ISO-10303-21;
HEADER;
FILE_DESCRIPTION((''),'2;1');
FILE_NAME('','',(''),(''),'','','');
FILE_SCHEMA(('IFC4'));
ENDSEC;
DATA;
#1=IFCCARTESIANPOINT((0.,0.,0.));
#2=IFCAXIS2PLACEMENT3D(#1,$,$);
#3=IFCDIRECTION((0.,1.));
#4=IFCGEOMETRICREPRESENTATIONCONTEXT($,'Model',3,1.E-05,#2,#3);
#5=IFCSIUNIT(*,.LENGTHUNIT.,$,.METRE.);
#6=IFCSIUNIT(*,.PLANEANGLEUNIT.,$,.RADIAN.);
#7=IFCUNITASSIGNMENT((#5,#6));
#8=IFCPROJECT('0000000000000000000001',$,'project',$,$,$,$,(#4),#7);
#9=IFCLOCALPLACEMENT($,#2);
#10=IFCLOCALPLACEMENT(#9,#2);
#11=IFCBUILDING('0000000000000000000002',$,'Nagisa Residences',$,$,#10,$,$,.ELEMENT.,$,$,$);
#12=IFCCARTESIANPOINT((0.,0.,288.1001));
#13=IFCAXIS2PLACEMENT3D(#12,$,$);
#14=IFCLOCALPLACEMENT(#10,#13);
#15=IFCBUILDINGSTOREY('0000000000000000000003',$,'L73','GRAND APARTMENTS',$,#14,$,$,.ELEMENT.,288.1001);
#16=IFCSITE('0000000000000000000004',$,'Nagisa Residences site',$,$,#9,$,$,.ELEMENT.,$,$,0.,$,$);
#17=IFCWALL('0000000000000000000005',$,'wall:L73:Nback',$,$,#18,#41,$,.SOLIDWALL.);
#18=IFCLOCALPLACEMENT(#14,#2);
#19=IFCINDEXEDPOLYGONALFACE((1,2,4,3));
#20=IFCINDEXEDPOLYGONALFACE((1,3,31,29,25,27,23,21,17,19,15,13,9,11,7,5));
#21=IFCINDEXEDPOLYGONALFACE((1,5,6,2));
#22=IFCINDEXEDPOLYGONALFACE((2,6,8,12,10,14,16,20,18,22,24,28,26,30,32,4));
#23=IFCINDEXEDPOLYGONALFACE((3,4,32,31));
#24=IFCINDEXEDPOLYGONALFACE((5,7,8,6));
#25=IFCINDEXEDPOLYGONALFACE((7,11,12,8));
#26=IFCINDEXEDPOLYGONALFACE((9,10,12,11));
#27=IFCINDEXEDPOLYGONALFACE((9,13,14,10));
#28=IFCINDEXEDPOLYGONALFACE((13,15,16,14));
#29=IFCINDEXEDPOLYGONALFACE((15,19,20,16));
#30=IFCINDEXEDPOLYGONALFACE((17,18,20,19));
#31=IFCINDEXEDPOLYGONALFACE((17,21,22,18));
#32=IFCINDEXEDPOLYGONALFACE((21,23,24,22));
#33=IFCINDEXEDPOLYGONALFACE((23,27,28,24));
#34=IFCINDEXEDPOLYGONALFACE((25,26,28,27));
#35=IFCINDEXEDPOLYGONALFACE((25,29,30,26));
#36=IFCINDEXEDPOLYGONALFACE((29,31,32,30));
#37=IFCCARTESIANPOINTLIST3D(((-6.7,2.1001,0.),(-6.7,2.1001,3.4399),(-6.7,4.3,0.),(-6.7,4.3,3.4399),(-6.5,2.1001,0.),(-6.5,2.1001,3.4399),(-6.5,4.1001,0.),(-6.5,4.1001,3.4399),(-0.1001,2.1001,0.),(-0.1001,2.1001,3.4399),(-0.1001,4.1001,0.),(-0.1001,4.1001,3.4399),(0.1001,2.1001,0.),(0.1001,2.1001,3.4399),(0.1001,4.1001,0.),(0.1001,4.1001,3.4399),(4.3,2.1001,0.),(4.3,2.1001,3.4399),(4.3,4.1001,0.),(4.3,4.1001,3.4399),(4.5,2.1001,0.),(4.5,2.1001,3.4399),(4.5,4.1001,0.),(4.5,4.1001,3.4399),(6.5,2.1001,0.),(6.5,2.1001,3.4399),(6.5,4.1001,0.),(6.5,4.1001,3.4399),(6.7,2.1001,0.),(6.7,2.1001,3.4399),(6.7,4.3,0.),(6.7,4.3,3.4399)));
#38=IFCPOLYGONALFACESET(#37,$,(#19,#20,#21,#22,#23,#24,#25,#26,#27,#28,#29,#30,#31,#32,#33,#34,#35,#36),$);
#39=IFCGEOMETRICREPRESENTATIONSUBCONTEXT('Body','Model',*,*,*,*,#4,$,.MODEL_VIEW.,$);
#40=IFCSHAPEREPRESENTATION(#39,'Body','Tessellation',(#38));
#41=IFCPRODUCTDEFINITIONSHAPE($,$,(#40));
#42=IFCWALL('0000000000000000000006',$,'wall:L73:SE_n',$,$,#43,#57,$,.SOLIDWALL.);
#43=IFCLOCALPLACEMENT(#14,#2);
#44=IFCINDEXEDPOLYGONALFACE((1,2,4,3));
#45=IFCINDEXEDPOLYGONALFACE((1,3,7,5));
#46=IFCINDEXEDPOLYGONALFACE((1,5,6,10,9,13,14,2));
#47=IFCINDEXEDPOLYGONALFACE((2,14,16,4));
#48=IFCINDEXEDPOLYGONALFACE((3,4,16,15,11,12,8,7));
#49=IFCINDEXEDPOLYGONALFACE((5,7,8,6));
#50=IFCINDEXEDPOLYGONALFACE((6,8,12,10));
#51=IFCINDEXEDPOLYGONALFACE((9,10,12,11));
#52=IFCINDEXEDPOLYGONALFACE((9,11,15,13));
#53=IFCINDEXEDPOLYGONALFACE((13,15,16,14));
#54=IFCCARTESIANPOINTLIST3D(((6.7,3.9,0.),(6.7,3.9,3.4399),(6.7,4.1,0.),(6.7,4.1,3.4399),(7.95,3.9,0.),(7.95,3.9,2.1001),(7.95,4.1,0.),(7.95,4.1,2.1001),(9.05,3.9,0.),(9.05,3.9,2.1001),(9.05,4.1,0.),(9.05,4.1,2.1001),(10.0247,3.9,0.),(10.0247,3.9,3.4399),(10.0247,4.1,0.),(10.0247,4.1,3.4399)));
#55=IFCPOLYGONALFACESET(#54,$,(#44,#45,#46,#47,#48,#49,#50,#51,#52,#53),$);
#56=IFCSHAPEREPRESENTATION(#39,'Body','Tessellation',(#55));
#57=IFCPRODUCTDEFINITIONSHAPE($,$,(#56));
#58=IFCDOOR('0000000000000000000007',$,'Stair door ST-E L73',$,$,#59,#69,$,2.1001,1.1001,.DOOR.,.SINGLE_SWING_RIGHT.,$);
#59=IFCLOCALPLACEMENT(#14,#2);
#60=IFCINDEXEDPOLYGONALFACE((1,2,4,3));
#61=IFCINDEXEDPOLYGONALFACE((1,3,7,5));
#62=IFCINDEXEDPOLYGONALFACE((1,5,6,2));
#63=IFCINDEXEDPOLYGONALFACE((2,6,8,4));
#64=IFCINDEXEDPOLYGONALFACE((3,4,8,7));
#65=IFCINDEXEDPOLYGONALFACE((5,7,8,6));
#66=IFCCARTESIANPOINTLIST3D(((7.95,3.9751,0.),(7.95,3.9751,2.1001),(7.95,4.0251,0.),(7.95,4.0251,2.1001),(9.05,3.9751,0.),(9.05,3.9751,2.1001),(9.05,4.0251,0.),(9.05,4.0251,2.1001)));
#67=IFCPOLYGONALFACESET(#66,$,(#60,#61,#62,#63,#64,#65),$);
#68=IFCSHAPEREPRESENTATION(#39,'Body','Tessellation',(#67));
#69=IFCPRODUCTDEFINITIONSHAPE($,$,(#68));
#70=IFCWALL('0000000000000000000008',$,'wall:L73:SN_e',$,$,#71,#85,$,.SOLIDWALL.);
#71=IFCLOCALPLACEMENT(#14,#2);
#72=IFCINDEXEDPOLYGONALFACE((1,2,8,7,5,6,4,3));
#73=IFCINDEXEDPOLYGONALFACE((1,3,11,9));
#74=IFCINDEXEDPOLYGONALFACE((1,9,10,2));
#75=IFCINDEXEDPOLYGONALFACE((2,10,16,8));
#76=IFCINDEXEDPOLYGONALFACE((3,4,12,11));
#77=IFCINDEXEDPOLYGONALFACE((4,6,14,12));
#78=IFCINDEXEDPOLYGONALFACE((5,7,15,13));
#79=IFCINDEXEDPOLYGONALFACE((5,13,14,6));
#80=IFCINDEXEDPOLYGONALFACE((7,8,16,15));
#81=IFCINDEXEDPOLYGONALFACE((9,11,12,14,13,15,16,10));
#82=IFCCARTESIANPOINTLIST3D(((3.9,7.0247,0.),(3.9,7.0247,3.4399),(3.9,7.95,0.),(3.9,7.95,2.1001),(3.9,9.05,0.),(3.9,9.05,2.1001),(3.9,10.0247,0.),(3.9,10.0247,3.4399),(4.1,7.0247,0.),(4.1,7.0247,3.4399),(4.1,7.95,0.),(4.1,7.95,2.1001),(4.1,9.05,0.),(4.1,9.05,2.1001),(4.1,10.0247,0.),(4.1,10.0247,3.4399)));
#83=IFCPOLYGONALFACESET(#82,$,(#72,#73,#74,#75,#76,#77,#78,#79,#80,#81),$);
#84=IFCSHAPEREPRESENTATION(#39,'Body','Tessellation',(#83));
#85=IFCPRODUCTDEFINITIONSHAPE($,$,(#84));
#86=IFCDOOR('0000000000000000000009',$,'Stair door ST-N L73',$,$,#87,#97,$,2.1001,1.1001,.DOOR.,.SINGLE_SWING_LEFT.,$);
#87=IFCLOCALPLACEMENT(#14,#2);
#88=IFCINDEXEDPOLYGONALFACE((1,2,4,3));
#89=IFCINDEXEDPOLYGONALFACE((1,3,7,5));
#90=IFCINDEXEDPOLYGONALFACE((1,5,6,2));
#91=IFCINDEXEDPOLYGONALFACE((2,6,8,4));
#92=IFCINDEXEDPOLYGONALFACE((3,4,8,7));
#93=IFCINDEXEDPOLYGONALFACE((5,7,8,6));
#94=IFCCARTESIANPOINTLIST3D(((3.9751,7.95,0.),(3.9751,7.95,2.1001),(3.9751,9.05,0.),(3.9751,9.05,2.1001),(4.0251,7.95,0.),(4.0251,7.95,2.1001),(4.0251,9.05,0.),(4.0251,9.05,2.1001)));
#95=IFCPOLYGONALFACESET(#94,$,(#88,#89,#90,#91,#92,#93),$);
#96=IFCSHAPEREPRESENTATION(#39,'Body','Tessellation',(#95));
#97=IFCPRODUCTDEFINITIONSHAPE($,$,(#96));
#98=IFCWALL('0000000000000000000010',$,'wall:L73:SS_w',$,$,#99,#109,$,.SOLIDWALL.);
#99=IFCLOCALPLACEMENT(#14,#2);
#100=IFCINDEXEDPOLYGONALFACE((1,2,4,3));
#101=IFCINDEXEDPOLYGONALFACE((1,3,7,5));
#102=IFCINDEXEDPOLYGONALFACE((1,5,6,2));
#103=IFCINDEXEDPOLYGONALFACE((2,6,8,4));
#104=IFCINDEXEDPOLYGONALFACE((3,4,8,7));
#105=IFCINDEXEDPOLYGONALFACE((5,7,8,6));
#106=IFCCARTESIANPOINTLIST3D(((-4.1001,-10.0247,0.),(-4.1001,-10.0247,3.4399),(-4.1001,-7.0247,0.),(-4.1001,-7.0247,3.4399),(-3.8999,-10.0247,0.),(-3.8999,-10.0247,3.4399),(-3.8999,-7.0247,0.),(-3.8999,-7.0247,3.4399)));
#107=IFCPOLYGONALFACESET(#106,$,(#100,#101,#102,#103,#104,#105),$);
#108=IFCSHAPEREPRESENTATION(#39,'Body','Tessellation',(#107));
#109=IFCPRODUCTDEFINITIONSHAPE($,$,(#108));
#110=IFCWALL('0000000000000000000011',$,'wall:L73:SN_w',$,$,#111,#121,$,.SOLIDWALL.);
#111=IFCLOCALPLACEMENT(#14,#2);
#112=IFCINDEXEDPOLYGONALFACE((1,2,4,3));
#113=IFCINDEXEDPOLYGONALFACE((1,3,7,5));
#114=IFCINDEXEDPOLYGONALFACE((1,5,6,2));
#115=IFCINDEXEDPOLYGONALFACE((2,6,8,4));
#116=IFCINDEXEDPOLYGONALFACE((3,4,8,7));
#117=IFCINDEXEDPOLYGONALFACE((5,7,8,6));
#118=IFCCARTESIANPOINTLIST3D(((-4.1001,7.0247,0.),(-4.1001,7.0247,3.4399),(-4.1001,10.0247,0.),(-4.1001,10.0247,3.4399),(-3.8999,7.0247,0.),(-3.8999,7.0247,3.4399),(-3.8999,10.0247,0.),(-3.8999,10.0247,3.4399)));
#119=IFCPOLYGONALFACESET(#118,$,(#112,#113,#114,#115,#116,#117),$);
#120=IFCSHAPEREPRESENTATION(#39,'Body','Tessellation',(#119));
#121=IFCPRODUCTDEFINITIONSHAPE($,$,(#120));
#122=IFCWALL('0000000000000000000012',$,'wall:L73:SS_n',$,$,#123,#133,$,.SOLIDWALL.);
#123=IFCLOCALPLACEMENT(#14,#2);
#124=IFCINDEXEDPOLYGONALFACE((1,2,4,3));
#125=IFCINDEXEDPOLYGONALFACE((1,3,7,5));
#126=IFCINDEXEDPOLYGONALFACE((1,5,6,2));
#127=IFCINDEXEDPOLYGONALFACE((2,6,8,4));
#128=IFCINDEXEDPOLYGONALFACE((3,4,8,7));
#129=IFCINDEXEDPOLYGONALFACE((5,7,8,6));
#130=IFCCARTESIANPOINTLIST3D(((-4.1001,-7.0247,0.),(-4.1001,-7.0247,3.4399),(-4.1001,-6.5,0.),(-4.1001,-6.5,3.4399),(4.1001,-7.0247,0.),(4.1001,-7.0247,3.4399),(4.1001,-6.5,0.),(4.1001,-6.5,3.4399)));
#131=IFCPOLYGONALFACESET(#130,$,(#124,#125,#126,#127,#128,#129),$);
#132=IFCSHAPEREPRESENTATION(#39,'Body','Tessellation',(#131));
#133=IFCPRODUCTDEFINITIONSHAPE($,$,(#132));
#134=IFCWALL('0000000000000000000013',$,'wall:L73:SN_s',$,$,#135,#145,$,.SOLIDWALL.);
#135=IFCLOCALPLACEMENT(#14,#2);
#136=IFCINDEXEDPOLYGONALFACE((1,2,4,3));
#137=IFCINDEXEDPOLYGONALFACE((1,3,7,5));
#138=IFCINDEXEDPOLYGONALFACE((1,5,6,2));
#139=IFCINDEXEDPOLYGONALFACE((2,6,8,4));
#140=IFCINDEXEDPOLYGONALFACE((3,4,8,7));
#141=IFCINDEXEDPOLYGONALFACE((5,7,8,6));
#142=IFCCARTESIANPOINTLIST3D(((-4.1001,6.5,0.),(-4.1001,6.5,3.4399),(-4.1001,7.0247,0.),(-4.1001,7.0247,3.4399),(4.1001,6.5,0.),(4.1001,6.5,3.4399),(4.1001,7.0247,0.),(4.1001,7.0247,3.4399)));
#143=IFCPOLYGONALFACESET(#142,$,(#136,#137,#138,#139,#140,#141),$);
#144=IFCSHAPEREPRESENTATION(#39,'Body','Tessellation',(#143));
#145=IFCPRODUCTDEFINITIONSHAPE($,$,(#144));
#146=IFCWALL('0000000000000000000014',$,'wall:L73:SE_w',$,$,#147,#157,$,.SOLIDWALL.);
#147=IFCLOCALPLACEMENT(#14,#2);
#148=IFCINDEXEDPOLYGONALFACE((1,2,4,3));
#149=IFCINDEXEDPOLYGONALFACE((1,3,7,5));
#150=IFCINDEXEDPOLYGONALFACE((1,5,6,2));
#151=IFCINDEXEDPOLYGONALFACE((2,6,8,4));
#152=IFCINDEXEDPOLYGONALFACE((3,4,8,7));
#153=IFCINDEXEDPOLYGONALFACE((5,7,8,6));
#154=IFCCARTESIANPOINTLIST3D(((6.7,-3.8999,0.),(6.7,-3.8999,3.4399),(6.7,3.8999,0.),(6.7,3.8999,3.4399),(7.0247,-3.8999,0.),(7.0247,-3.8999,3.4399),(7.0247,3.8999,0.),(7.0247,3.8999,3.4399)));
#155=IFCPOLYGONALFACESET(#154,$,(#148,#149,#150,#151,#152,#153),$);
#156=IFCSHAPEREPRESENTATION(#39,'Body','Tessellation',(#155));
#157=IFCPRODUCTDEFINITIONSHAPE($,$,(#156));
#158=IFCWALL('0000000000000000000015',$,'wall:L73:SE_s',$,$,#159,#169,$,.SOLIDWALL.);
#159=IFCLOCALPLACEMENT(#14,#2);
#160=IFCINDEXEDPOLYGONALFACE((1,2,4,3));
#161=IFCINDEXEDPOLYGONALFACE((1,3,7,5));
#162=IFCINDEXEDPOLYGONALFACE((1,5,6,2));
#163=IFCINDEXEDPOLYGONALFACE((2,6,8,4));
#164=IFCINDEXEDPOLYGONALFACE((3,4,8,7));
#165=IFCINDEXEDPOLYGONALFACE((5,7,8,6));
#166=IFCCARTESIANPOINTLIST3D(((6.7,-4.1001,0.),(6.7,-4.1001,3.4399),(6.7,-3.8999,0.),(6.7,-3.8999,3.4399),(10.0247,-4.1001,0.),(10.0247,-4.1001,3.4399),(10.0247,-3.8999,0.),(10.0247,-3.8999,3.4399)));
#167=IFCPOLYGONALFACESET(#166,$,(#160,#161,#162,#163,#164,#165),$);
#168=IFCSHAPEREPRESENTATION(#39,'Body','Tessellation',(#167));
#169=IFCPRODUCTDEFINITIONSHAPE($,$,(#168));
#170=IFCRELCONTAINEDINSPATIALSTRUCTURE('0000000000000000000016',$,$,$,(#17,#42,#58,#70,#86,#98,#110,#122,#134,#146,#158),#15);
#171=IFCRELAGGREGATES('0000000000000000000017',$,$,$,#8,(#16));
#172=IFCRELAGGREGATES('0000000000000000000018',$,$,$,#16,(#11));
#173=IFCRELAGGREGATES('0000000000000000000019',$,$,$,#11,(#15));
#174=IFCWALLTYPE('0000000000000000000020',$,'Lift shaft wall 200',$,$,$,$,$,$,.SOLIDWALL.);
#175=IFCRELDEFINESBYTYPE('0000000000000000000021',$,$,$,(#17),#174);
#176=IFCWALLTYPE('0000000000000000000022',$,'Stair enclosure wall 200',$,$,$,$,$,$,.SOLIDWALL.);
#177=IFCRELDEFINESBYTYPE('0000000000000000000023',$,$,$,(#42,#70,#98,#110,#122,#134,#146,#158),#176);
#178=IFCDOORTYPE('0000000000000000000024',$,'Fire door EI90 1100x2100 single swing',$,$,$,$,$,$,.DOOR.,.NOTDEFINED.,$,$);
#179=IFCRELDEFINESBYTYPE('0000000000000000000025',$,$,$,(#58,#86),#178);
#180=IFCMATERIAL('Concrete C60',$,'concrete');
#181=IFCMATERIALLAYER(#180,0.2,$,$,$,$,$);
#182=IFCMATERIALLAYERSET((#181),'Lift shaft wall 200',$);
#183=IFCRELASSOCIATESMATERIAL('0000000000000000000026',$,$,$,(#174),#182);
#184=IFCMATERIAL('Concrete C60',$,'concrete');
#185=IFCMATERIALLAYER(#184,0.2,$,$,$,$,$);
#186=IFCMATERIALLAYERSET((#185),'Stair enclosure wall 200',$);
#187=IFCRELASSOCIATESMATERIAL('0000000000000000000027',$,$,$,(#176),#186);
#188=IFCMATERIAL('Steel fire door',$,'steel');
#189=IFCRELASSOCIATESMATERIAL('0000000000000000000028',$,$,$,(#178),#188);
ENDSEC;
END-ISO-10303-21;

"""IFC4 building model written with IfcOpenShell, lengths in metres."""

from ifc_helpers import new_model, si_unit, direction, frame, frame_2d, origin, place, context, subcontext, project, spatial, polyline, rectangle, outline, extrude, material, layer, layer_set, type_object, element, fill, save


model = new_model("IFC4")

# Units and contexts
model_context = context("Model", 3, precision=1e-05, world=origin(), true_north=direction((0.0, 1.0)))
body_context = subcontext(model_context, "Body", "Model", "MODEL_VIEW")
ifc_project = project(units=[si_unit("LENGTHUNIT", "METRE"), si_unit("PLANEANGLEUNIT", "RADIAN")], contexts=[model_context])

# Site, building, storey
site_placement = place(None, origin())
site = spatial("IfcSite", under=ifc_project, at=site_placement, Name="Nagisa Residences site", CompositionType="ELEMENT", RefElevation=0.0)
building_placement = place(site_placement, origin())
building = spatial("IfcBuilding", under=site, at=building_placement, Name="Nagisa Residences", CompositionType="ELEMENT")
storey_placement = place(building_placement, frame((0.0, 0.0, 288.1001)))
storey = spatial("IfcBuildingStorey", under=building, at=storey_placement, Name="L73", Description="GRAND APARTMENTS", CompositionType="ELEMENT", Elevation=288.1001)

# Shared definitions
ifc_material_1 = material(Name="Concrete C60", Category="concrete")
ifc_layer_1 = layer(ifc_material_1, 0.2)
ifc_layer_set_1 = layer_set([ifc_layer_1], Name="Lift shaft wall 200")
wall_type_1 = type_object("IfcWallType", Name="Lift shaft wall 200", PredefinedType="SOLIDWALL", material=ifc_layer_set_1)

# Wall
wall_1_placement = place(storey_placement, origin())
element("IfcWall", 1, at=wall_1_placement, inside=storey, type_object=wall_type_1, Name="wall:L73:Nback", PredefinedType="SOLIDWALL", context=body_context, shape_type="SweptSolid", body=[
    extrude(outline(polyline([(-6.7, 4.3), (6.7, 4.3), (6.7, 2.1001), (6.5, 2.1001), (6.5, 4.1001), (4.5, 4.1001), (4.5, 2.1001), (4.3, 2.1001), (4.3, 4.1001), (0.1001, 4.1001), (0.1001, 2.1001), (-0.1001, 2.1001), (-0.1001, 4.1001), (-6.5, 4.1001), (-6.5, 2.1001), (-6.7, 2.1001), (-6.7, 4.3)])), origin(), (0.0, 0.0, 1.0), 3.4399),
])

# Walls, openings, doors
ifc_material_2 = material(Name="Concrete C60", Category="concrete")
ifc_layer_2 = layer(ifc_material_2, 0.2)
ifc_layer_set_2 = layer_set([ifc_layer_2], Name="Stair enclosure wall 200")
wall_type_2 = type_object("IfcWallType", Name="Stair enclosure wall 200", PredefinedType="SOLIDWALL", material=ifc_layer_set_2)
wall_2_placement = place(storey_placement, frame((6.7, 4.0, 0.0), z_axis=(0.0, 0.0, 1.0), x_axis=(1.0, 0.0, 0.0)))
wall_2 = element("IfcWall", 2, at=wall_2_placement, inside=storey, type_object=wall_type_2, Name="wall:L73:SE_n", PredefinedType="SOLIDWALL", context=body_context, shape_type="SweptSolid", body=[
    extrude(rectangle(XDim=3.3247, YDim=0.2, at=frame_2d((1.6624, 0.0))), origin(), (0.0, 0.0, 1.0), 3.4399),
])
opening_1_placement = place(wall_2_placement, frame((1.25, 0.0, 0.0)))
opening_1 = element("IfcOpeningElement", 3, at=opening_1_placement, cuts=wall_2, PredefinedType="OPENING", context=body_context, shape_type="SweptSolid", body=[
    extrude(rectangle(XDim=1.1001, YDim=2.1001, at=frame_2d((0.55, 1.05))), frame((0.0, 0.1099, 0.0), z_axis=(0.0, -1.0, 0.0), x_axis=(1.0, 0.0, 0.0)), (0.0, 0.0, 1.0), 0.22),
])
ifc_material_3 = material(Name="Steel fire door", Category="steel")
door_type_1 = type_object("IfcDoorType", Name="Fire door EI90 1100x2100 single swing", OperationType="NOTDEFINED", PredefinedType="DOOR", material=ifc_material_3)
door_1_placement = place(opening_1_placement, frame((1.1001, 0.0, 0.0), x_axis=(-1.0, 0.0, 0.0)))
door_1 = element("IfcDoor", 4, at=door_1_placement, inside=storey, type_object=door_type_1, Name="Stair door ST-E L73", OperationType="SINGLE_SWING_RIGHT", OverallHeight=2.1001, OverallWidth=1.1001, PredefinedType="DOOR", context=body_context, shape_type="SweptSolid", body=[
    extrude(rectangle(XDim=1.1001, YDim=2.1001, at=frame_2d((0.55, 1.05))), frame((0.0, 0.0249, 0.0), z_axis=(0.0, -1.0, 0.0), x_axis=(1.0, 0.0, 0.0)), (0.0, 0.0, 1.0), 0.05),
])
fill(opening_1, door_1)
wall_3_placement = place(storey_placement, frame((4.0, 7.0247, 0.0), z_axis=(0.0, 0.0, 1.0), x_axis=(0.0, 1.0, 0.0)))
wall_3 = element("IfcWall", 5, at=wall_3_placement, inside=storey, type_object=wall_type_2, Name="wall:L73:SN_e", PredefinedType="SOLIDWALL", context=body_context, shape_type="SweptSolid", body=[
    extrude(rectangle(XDim=3.0, YDim=0.2, at=frame_2d((1.5, 0.0))), origin(), (0.0, 0.0, 1.0), 3.4399),
])
opening_2_placement = place(wall_3_placement, frame((0.9253, 0.0, 0.0)))
opening_2 = element("IfcOpeningElement", 6, at=opening_2_placement, cuts=wall_3, PredefinedType="OPENING", context=body_context, shape_type="SweptSolid", body=[
    extrude(rectangle(XDim=1.1001, YDim=2.1001, at=frame_2d((0.55, 1.05))), frame((0.0, 0.1099, 0.0), z_axis=(0.0, -1.0, 0.0), x_axis=(1.0, 0.0, 0.0)), (0.0, 0.0, 1.0), 0.22),
])
door_2_placement = place(opening_2_placement, origin())
door_2 = element("IfcDoor", 7, at=door_2_placement, inside=storey, type_object=door_type_1, Name="Stair door ST-N L73", OperationType="SINGLE_SWING_LEFT", OverallHeight=2.1001, OverallWidth=1.1001, PredefinedType="DOOR", context=body_context, shape_type="SweptSolid", body=[
    extrude(rectangle(XDim=1.1001, YDim=2.1001, at=frame_2d((0.55, 1.05))), frame((0.0, 0.0249, 0.0), z_axis=(0.0, -1.0, 0.0), x_axis=(1.0, 0.0, 0.0)), (0.0, 0.0, 1.0), 0.05),
])
fill(opening_2, door_2)

# Walls
wall_4_placement = place(storey_placement, origin())
element("IfcWall", 8, at=wall_4_placement, inside=storey, type_object=wall_type_2, Name="wall:L73:SS_w", PredefinedType="SOLIDWALL", context=body_context, shape_type="SweptSolid", body=[
    extrude(outline(polyline([(-3.8999, -10.0247), (-4.1001, -10.0247), (-4.1001, -7.0247), (-3.8999, -7.0247), (-3.8999, -10.0247)])), origin(), (0.0, 0.0, 1.0), 3.4399),
])
wall_5_placement = place(storey_placement, origin())
element("IfcWall", 9, at=wall_5_placement, inside=storey, type_object=wall_type_2, Name="wall:L73:SN_w", PredefinedType="SOLIDWALL", context=body_context, shape_type="SweptSolid", body=[
    extrude(outline(polyline([(-3.8999, 7.0247), (-4.1001, 7.0247), (-4.1001, 10.0247), (-3.8999, 10.0247), (-3.8999, 7.0247)])), origin(), (0.0, 0.0, 1.0), 3.4399),
])
wall_6_placement = place(storey_placement, origin())
element("IfcWall", 10, at=wall_6_placement, inside=storey, type_object=wall_type_2, Name="wall:L73:SS_n", PredefinedType="SOLIDWALL", context=body_context, shape_type="SweptSolid", body=[
    extrude(outline(polyline([(4.1001, -7.0247), (-4.1001, -7.0247), (-4.1001, -6.5), (4.1001, -6.5), (4.1001, -7.0247)])), origin(), (0.0, 0.0, 1.0), 3.4399),
])
wall_7_placement = place(storey_placement, origin())
element("IfcWall", 11, at=wall_7_placement, inside=storey, type_object=wall_type_2, Name="wall:L73:SN_s", PredefinedType="SOLIDWALL", context=body_context, shape_type="SweptSolid", body=[
    extrude(outline(polyline([(4.1001, 6.5), (-4.1001, 6.5), (-4.1001, 7.0247), (4.1001, 7.0247), (4.1001, 6.5)])), origin(), (0.0, 0.0, 1.0), 3.4399),
])
wall_8_placement = place(storey_placement, origin())
element("IfcWall", 12, at=wall_8_placement, inside=storey, type_object=wall_type_2, Name="wall:L73:SE_w", PredefinedType="SOLIDWALL", context=body_context, shape_type="SweptSolid", body=[
    extrude(outline(polyline([(7.0247, -3.8999), (6.7, -3.8999), (6.7, 3.8999), (7.0247, 3.8999), (7.0247, -3.8999)])), origin(), (0.0, 0.0, 1.0), 3.4399),
])
wall_9_placement = place(storey_placement, origin())
element("IfcWall", 13, at=wall_9_placement, inside=storey, type_object=wall_type_2, Name="wall:L73:SE_s", PredefinedType="SOLIDWALL", context=body_context, shape_type="SweptSolid", body=[
    extrude(outline(polyline([(10.0247, -4.1001), (6.7, -4.1001), (6.7, -3.8999), (10.0247, -3.8999), (10.0247, -4.1001)])), origin(), (0.0, 0.0, 1.0), 3.4399),
])

save(model, "model.ifc")
